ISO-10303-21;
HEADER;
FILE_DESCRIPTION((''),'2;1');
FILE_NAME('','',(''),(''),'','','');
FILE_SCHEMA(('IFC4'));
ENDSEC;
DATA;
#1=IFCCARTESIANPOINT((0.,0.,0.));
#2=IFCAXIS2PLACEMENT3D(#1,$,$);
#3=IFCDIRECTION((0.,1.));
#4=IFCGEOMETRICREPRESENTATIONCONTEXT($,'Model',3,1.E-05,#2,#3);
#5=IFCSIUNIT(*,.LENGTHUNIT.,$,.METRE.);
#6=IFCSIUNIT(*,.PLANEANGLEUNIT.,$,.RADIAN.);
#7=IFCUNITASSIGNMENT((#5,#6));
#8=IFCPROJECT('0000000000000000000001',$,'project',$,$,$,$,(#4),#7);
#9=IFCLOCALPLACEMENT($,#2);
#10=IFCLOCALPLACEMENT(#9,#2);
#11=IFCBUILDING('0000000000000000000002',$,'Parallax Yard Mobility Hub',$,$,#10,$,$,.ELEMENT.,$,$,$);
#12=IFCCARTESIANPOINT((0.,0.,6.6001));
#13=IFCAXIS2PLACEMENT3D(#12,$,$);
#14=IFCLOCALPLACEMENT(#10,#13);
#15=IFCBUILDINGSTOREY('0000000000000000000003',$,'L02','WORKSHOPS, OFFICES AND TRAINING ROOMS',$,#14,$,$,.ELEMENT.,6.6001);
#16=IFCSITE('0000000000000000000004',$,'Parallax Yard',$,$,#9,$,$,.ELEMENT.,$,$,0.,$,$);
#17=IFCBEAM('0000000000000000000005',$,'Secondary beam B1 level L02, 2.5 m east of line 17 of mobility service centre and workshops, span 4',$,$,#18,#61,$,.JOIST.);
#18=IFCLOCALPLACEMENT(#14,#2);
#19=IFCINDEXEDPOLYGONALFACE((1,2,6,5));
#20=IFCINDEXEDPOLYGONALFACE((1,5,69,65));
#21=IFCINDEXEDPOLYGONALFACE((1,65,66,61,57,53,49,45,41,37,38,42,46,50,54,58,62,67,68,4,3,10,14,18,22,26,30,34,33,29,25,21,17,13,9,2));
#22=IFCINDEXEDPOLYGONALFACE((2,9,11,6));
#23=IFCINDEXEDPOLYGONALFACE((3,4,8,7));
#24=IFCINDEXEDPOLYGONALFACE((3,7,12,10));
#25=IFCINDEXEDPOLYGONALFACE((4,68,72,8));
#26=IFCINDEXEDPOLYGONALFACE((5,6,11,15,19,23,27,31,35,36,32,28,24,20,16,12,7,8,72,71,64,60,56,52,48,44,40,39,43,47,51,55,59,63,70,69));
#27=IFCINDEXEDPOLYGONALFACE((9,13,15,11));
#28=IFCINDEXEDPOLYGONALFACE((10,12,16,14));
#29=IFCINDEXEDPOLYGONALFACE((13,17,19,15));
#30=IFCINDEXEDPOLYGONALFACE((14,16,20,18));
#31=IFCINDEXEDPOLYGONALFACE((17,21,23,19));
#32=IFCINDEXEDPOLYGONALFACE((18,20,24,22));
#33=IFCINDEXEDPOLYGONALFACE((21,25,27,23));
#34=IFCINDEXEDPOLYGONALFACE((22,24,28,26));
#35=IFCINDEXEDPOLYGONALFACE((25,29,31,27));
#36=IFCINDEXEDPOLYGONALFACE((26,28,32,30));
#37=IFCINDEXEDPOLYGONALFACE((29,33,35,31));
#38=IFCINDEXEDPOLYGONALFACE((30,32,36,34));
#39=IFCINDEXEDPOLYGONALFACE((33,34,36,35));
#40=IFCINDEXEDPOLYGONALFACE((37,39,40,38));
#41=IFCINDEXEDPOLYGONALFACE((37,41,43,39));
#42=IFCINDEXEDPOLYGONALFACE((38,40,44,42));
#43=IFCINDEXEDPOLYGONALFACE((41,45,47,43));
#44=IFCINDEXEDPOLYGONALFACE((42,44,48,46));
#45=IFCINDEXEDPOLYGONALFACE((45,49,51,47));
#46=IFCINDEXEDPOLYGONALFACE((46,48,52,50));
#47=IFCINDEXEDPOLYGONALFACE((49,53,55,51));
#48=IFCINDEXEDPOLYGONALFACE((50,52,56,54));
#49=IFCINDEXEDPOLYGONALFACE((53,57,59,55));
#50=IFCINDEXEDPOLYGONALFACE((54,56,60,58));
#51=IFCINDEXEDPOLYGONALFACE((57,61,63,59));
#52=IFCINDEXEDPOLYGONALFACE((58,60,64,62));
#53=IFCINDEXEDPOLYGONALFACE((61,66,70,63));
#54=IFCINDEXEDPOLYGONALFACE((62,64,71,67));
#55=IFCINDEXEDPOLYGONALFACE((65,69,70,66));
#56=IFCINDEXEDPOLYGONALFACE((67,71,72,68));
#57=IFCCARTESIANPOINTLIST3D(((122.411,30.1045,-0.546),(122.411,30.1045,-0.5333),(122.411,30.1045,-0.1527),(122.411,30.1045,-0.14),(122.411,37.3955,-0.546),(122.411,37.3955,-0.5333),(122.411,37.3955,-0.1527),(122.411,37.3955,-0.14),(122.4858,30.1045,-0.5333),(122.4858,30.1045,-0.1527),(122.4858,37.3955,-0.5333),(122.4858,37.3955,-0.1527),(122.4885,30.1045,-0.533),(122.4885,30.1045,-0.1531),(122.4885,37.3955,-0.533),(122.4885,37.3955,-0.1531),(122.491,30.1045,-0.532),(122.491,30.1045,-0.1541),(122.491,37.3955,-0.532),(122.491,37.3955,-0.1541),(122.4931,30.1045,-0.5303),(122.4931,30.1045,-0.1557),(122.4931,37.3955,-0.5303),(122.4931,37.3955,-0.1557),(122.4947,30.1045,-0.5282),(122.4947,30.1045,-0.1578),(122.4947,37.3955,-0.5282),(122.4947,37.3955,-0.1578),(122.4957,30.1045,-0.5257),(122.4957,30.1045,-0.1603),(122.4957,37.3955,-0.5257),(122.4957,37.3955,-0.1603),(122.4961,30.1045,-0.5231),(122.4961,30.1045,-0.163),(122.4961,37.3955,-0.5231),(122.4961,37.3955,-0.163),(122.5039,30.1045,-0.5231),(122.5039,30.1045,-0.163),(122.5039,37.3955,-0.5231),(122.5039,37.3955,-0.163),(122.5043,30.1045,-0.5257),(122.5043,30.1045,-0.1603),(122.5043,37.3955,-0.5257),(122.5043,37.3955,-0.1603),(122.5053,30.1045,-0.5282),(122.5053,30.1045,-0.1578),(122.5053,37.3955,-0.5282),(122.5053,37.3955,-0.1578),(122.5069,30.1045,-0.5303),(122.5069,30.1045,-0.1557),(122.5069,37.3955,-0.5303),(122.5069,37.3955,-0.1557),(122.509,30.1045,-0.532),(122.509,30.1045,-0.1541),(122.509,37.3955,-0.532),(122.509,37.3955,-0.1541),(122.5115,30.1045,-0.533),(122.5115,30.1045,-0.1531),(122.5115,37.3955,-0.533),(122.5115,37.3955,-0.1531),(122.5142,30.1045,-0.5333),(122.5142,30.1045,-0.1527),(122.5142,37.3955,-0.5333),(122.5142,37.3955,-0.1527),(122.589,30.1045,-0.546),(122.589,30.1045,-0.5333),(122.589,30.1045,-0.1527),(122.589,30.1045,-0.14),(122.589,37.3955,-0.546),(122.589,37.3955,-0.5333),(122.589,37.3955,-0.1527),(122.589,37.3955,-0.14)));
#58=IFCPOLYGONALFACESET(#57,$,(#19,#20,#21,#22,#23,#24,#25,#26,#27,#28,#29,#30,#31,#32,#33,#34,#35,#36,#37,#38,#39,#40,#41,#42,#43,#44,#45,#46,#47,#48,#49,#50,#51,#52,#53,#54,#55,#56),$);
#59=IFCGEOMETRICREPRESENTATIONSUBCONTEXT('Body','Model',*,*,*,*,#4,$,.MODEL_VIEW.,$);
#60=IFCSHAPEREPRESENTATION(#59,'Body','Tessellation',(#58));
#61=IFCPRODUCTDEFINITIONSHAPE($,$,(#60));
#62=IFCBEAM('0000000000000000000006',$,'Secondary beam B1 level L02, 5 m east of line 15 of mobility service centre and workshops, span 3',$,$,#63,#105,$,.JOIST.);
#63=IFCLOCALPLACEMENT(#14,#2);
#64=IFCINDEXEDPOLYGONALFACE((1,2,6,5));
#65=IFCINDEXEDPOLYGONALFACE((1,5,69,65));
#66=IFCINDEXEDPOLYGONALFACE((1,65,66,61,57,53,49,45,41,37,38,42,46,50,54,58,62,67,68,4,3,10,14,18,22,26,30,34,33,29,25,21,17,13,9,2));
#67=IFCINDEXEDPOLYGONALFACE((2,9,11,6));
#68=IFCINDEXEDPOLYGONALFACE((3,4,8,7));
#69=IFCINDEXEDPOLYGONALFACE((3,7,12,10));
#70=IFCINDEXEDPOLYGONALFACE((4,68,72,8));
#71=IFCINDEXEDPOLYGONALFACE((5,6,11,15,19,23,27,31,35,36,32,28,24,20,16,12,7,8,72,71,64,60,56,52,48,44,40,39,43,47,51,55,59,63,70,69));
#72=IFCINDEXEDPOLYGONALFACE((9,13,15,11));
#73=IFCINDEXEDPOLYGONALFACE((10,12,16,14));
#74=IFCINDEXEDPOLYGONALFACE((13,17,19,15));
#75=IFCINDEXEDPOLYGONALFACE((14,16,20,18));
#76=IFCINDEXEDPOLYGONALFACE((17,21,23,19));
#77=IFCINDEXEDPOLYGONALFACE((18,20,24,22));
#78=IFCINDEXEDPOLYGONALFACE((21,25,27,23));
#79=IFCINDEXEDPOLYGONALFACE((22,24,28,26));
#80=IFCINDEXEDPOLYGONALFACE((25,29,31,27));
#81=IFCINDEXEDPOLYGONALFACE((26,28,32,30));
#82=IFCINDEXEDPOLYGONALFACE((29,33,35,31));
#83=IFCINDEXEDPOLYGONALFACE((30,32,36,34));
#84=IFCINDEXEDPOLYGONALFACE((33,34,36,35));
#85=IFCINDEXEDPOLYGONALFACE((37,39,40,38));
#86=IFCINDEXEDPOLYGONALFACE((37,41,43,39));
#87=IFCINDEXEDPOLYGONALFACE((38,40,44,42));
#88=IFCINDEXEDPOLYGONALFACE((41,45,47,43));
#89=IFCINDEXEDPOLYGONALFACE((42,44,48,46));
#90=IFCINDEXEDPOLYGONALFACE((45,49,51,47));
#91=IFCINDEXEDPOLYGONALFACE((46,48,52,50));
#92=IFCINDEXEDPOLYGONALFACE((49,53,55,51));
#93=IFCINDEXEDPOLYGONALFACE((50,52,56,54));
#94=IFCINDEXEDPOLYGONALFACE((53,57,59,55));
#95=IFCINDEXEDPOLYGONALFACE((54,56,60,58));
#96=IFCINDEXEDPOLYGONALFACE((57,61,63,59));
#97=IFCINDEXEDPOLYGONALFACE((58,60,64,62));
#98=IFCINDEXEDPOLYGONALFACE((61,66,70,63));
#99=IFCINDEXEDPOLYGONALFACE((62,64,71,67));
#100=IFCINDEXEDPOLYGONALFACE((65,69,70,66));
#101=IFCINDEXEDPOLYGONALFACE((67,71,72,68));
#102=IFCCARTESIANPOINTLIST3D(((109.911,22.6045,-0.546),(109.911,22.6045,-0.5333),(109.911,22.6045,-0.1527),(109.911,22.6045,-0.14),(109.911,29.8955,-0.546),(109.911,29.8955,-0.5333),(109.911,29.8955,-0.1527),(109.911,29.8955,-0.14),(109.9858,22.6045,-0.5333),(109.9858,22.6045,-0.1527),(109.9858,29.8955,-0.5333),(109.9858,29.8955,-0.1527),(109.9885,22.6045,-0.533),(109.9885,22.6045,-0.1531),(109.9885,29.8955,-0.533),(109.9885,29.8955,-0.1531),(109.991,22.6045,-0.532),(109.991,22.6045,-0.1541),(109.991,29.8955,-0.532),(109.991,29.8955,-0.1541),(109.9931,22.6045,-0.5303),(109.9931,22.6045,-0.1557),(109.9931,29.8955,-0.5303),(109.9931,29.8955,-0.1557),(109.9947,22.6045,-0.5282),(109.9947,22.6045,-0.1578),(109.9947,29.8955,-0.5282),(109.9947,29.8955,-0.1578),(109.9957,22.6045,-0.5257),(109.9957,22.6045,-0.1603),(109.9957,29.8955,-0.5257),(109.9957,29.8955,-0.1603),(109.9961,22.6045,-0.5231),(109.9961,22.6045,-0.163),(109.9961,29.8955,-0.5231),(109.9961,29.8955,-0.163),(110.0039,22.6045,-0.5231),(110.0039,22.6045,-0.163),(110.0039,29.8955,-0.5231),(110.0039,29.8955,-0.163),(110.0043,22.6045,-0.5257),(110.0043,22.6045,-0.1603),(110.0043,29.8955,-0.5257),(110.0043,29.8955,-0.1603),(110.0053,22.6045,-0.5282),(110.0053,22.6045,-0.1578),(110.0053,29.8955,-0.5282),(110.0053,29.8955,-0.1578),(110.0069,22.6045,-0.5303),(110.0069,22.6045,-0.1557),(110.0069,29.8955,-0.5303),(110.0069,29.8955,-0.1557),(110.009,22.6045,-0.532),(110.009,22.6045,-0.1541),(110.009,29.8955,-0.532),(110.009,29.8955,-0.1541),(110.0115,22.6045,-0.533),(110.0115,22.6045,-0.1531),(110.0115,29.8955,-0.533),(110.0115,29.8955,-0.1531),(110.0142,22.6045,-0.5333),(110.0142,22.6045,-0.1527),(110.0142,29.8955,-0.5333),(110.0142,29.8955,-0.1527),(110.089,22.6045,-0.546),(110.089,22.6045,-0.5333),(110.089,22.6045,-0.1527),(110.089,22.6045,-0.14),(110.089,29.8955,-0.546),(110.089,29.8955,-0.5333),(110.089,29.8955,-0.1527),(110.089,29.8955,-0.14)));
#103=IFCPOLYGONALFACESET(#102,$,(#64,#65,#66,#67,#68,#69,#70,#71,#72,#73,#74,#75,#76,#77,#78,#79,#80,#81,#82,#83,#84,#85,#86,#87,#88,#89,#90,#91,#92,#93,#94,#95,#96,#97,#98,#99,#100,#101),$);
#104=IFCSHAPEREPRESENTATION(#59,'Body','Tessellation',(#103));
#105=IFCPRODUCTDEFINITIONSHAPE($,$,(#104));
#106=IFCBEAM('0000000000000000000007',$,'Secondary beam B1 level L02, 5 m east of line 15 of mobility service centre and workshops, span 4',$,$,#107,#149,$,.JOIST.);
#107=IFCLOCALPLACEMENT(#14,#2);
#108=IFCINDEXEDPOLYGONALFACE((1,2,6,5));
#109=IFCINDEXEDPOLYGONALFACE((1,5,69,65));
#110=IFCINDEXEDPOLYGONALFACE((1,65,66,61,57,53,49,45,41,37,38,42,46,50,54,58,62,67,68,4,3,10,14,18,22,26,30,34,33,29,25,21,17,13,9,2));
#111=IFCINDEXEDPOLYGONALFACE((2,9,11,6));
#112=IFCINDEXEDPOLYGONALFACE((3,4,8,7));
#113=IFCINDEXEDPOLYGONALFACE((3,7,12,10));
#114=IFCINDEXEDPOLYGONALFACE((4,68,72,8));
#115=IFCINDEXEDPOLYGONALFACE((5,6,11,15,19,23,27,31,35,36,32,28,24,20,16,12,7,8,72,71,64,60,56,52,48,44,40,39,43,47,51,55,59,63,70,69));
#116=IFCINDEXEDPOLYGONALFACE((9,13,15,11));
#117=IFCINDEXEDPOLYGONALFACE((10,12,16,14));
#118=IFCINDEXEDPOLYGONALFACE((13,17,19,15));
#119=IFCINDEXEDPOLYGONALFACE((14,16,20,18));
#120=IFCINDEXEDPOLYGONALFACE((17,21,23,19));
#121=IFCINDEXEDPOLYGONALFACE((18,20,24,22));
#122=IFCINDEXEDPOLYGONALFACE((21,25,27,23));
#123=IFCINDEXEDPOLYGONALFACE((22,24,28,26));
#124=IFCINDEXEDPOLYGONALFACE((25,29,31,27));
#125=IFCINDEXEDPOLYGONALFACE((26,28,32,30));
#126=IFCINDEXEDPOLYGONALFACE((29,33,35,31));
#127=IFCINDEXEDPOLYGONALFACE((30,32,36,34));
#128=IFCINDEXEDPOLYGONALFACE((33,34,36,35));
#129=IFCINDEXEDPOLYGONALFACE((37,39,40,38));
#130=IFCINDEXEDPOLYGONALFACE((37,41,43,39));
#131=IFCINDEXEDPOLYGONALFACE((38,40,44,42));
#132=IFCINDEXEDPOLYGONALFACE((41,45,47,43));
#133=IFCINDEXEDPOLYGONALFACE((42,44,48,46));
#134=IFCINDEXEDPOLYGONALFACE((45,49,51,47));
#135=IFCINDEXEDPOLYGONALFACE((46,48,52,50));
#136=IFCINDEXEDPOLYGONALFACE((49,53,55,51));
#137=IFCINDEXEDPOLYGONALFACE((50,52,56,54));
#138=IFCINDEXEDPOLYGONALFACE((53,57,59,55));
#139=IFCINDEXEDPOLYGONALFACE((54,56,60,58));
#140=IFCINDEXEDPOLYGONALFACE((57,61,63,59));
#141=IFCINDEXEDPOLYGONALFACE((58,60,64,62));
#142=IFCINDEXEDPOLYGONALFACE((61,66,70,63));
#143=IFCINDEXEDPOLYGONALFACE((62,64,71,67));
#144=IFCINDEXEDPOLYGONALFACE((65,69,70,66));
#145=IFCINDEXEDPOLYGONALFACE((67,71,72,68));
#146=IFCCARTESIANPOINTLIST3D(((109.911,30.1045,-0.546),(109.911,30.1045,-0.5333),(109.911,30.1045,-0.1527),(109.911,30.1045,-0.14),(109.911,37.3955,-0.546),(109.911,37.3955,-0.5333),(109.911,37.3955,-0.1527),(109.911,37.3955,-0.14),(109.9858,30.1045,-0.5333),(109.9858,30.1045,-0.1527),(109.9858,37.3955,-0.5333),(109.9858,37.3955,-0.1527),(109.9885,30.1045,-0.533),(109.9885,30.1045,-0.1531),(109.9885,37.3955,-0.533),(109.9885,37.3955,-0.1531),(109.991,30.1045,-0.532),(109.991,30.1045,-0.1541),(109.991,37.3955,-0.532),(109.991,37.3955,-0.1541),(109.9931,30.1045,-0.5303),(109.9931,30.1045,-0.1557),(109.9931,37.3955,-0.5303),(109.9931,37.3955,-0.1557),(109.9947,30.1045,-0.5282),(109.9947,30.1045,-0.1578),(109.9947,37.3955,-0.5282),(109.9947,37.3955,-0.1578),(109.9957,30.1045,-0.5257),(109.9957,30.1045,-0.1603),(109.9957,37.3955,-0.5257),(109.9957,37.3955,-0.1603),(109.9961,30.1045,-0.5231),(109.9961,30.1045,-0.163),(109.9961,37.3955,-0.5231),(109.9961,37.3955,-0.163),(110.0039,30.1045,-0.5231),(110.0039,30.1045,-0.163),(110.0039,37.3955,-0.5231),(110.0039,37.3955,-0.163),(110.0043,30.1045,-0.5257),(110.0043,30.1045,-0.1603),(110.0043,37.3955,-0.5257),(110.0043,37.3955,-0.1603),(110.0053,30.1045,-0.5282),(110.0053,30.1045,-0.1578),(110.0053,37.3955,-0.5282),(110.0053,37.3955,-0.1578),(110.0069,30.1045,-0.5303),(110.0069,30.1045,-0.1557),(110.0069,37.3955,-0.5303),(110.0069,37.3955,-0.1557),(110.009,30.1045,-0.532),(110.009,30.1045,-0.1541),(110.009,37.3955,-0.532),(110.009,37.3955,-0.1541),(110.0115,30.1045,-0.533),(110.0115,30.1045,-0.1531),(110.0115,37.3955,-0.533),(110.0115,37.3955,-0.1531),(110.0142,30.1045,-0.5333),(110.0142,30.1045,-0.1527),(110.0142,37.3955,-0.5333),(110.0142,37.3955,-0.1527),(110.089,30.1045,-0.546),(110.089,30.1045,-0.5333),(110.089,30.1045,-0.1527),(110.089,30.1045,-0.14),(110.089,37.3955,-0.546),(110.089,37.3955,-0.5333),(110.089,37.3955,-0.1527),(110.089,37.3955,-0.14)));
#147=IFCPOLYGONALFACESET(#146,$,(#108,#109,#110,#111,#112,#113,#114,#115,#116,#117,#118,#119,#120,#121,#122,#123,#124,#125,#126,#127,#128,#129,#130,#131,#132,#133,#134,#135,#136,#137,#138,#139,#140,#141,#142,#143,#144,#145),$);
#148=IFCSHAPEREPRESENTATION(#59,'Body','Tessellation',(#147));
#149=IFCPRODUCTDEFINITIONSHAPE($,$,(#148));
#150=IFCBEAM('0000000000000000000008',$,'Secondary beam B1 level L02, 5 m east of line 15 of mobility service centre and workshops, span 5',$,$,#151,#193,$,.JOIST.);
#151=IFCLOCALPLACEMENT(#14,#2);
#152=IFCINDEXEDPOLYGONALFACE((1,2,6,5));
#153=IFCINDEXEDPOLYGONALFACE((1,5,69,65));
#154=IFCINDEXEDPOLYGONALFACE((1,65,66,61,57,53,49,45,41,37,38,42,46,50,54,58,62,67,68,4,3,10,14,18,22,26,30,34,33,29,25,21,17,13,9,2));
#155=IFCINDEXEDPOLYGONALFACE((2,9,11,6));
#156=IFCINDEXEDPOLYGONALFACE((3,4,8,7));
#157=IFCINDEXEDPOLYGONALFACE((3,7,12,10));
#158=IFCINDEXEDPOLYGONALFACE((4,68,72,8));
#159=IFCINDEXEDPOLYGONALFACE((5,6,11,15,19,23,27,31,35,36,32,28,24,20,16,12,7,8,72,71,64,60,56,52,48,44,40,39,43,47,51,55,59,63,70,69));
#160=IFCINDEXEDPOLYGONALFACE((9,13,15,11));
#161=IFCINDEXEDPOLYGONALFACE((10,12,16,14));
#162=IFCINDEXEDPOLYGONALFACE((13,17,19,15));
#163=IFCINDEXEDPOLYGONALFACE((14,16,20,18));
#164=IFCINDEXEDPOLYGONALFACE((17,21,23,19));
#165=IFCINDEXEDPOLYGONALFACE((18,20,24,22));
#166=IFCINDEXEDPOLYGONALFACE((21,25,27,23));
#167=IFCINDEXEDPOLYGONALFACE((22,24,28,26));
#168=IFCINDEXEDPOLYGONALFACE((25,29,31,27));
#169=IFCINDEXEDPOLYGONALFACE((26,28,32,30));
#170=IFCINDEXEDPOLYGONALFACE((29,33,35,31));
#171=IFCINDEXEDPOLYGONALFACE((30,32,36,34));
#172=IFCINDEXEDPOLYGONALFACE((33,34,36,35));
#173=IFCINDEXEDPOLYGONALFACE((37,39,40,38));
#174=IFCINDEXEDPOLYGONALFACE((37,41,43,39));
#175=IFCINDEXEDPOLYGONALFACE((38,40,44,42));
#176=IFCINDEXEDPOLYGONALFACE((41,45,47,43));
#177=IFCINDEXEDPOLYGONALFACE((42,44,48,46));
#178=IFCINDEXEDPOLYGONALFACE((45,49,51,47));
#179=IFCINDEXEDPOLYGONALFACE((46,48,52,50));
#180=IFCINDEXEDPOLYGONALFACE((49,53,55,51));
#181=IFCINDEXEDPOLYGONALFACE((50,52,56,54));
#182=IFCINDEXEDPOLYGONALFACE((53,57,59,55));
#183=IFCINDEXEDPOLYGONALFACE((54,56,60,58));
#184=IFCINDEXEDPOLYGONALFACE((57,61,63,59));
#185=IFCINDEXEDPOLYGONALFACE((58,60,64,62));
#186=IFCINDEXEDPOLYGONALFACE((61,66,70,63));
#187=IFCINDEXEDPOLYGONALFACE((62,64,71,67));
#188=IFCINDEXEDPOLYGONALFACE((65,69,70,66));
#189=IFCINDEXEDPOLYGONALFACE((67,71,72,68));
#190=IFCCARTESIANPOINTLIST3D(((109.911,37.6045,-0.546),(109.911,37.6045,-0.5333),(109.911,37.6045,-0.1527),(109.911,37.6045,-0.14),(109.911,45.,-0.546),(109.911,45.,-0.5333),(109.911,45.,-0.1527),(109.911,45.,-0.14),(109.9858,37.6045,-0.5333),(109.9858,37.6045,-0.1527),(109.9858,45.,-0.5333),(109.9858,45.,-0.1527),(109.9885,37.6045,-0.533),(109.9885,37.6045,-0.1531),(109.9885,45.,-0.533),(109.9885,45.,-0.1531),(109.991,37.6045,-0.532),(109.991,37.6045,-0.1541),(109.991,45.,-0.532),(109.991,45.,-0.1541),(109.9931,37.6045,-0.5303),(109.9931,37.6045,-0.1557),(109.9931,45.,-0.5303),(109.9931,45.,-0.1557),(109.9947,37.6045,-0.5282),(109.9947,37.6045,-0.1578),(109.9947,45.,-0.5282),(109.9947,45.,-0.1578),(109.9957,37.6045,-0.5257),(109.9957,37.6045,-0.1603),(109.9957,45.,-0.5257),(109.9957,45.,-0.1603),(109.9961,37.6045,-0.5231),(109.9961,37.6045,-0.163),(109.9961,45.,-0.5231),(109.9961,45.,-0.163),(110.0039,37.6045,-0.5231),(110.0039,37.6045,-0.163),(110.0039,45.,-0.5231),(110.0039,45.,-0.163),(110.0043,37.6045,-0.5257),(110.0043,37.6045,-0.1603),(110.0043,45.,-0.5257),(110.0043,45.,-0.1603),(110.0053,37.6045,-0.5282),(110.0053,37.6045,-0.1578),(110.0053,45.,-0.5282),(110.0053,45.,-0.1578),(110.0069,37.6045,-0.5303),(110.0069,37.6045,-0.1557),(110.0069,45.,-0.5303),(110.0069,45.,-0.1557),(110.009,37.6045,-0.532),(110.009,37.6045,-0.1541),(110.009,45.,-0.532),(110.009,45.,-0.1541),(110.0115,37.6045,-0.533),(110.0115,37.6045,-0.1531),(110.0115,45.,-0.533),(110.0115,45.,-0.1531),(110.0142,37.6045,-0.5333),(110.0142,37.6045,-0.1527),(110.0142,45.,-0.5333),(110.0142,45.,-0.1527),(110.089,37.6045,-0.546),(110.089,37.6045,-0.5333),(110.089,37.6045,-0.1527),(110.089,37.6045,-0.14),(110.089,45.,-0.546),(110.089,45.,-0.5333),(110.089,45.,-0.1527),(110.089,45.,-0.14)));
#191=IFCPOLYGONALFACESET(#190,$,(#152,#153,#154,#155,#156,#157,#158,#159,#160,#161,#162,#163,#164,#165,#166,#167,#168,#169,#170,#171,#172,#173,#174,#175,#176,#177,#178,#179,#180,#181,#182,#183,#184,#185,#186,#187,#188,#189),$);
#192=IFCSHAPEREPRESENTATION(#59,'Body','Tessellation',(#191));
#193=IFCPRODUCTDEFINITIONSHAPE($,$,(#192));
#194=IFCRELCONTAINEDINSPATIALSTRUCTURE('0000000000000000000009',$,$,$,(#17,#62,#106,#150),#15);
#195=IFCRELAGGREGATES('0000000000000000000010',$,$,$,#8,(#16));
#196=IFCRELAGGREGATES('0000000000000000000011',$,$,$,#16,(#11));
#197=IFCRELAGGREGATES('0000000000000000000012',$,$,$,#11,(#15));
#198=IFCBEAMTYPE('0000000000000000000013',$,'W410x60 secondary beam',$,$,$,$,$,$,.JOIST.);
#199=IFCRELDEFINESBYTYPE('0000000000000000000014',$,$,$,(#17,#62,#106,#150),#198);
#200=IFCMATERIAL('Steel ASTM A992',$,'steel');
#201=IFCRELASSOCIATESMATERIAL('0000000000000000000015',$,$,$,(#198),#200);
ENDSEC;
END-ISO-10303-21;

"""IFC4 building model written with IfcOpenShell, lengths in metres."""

from ifc_helpers import new_model, si_unit, direction, frame, origin, origin_2d, place, context, subcontext, project, spatial, i_section, extrude, material, material_profile, profile_set, type_object, element, save


model = new_model("IFC4")

# Units and contexts
model_context = context("Model", 3, precision=1e-05, world=origin(), true_north=direction((0.0, 1.0)))
body_context = subcontext(model_context, "Body", "Model", "MODEL_VIEW")
ifc_project = project(units=[si_unit("LENGTHUNIT", "METRE"), si_unit("PLANEANGLEUNIT", "RADIAN")], contexts=[model_context])

# Site, building, storey
site_placement = place(None, origin())
site = spatial("IfcSite", under=ifc_project, at=site_placement, Name="Parallax Yard", CompositionType="ELEMENT", RefElevation=0.0)
building_placement = place(site_placement, origin())
building = spatial("IfcBuilding", under=site, at=building_placement, Name="Parallax Yard Mobility Hub", CompositionType="ELEMENT")
storey_placement = place(building_placement, frame((0.0, 0.0, 6.6001)))
storey = spatial("IfcBuildingStorey", under=building, at=storey_placement, Name="L02", Description="WORKSHOPS, OFFICES AND TRAINING ROOMS", CompositionType="ELEMENT", Elevation=6.6001)

# Shared definitions
ifc_material_1 = material(Name="Steel ASTM A992", Category="steel")

# Beams
ifc_material_profile_1 = material_profile(ifc_material_1, i_section(OverallWidth=0.178, OverallDepth=0.406, WebThickness=0.0078, FlangeThickness=0.0127, FilletRadius=0.0103, at=origin_2d()), Name="W410x60")
ifc_profile_set_1 = profile_set([ifc_material_profile_1], Name="Steel ASTM A992")
beam_type_1 = type_object("IfcBeamType", Name="W410x60 secondary beam", PredefinedType="JOIST", material=ifc_profile_set_1)
for number, where, z_axis, x_axis, name in (
    (1, (122.5, 30.1045, -0.343), (0.0, 1.0, 0.0), (-1.0, 0.0, 0.0), "Secondary beam B1 level L02, 2.5 m east of line 17 of mobility service centre and workshops, span 4"),
    (2, (110.0, 22.6045, -0.343), (0.0, 1.0, 0.0), (-1.0, 0.0, 0.0), "Secondary beam B1 level L02, 5 m east of line 15 of mobility service centre and workshops, span 3"),
    (3, (110.0, 30.1045, -0.343), (0.0, 1.0, 0.0), (-1.0, 0.0, 0.0), "Secondary beam B1 level L02, 5 m east of line 15 of mobility service centre and workshops, span 4"),
):
    element("IfcBeam", number, at=place(storey_placement, frame(where, z_axis=z_axis, x_axis=x_axis)), inside=storey, type_object=beam_type_1, Name=name, PredefinedType="JOIST", context=body_context, shape_type="SweptSolid", body=[
        extrude(i_section(OverallWidth=0.178, OverallDepth=0.406, WebThickness=0.0078, FlangeThickness=0.0127, FilletRadius=0.0103, at=origin_2d()), origin(), (0.0, 0.0, 1.0), 7.291),
    ])
beam_1_placement = place(storey_placement, frame((110.0, 37.6045, -0.343), z_axis=(0.0, 1.0, 0.0), x_axis=(-1.0, 0.0, 0.0)))
element("IfcBeam", 4, at=beam_1_placement, inside=storey, type_object=beam_type_1, Name="Secondary beam B1 level L02, 5 m east of line 15 of mobility service centre and workshops, span 5", PredefinedType="JOIST", context=body_context, shape_type="SweptSolid", body=[
    extrude(i_section(OverallWidth=0.178, OverallDepth=0.406, WebThickness=0.0078, FlangeThickness=0.0127, FilletRadius=0.0103, at=origin_2d()), origin(), (0.0, 0.0, 1.0), 7.3955),
])

save(model, "model.ifc")
